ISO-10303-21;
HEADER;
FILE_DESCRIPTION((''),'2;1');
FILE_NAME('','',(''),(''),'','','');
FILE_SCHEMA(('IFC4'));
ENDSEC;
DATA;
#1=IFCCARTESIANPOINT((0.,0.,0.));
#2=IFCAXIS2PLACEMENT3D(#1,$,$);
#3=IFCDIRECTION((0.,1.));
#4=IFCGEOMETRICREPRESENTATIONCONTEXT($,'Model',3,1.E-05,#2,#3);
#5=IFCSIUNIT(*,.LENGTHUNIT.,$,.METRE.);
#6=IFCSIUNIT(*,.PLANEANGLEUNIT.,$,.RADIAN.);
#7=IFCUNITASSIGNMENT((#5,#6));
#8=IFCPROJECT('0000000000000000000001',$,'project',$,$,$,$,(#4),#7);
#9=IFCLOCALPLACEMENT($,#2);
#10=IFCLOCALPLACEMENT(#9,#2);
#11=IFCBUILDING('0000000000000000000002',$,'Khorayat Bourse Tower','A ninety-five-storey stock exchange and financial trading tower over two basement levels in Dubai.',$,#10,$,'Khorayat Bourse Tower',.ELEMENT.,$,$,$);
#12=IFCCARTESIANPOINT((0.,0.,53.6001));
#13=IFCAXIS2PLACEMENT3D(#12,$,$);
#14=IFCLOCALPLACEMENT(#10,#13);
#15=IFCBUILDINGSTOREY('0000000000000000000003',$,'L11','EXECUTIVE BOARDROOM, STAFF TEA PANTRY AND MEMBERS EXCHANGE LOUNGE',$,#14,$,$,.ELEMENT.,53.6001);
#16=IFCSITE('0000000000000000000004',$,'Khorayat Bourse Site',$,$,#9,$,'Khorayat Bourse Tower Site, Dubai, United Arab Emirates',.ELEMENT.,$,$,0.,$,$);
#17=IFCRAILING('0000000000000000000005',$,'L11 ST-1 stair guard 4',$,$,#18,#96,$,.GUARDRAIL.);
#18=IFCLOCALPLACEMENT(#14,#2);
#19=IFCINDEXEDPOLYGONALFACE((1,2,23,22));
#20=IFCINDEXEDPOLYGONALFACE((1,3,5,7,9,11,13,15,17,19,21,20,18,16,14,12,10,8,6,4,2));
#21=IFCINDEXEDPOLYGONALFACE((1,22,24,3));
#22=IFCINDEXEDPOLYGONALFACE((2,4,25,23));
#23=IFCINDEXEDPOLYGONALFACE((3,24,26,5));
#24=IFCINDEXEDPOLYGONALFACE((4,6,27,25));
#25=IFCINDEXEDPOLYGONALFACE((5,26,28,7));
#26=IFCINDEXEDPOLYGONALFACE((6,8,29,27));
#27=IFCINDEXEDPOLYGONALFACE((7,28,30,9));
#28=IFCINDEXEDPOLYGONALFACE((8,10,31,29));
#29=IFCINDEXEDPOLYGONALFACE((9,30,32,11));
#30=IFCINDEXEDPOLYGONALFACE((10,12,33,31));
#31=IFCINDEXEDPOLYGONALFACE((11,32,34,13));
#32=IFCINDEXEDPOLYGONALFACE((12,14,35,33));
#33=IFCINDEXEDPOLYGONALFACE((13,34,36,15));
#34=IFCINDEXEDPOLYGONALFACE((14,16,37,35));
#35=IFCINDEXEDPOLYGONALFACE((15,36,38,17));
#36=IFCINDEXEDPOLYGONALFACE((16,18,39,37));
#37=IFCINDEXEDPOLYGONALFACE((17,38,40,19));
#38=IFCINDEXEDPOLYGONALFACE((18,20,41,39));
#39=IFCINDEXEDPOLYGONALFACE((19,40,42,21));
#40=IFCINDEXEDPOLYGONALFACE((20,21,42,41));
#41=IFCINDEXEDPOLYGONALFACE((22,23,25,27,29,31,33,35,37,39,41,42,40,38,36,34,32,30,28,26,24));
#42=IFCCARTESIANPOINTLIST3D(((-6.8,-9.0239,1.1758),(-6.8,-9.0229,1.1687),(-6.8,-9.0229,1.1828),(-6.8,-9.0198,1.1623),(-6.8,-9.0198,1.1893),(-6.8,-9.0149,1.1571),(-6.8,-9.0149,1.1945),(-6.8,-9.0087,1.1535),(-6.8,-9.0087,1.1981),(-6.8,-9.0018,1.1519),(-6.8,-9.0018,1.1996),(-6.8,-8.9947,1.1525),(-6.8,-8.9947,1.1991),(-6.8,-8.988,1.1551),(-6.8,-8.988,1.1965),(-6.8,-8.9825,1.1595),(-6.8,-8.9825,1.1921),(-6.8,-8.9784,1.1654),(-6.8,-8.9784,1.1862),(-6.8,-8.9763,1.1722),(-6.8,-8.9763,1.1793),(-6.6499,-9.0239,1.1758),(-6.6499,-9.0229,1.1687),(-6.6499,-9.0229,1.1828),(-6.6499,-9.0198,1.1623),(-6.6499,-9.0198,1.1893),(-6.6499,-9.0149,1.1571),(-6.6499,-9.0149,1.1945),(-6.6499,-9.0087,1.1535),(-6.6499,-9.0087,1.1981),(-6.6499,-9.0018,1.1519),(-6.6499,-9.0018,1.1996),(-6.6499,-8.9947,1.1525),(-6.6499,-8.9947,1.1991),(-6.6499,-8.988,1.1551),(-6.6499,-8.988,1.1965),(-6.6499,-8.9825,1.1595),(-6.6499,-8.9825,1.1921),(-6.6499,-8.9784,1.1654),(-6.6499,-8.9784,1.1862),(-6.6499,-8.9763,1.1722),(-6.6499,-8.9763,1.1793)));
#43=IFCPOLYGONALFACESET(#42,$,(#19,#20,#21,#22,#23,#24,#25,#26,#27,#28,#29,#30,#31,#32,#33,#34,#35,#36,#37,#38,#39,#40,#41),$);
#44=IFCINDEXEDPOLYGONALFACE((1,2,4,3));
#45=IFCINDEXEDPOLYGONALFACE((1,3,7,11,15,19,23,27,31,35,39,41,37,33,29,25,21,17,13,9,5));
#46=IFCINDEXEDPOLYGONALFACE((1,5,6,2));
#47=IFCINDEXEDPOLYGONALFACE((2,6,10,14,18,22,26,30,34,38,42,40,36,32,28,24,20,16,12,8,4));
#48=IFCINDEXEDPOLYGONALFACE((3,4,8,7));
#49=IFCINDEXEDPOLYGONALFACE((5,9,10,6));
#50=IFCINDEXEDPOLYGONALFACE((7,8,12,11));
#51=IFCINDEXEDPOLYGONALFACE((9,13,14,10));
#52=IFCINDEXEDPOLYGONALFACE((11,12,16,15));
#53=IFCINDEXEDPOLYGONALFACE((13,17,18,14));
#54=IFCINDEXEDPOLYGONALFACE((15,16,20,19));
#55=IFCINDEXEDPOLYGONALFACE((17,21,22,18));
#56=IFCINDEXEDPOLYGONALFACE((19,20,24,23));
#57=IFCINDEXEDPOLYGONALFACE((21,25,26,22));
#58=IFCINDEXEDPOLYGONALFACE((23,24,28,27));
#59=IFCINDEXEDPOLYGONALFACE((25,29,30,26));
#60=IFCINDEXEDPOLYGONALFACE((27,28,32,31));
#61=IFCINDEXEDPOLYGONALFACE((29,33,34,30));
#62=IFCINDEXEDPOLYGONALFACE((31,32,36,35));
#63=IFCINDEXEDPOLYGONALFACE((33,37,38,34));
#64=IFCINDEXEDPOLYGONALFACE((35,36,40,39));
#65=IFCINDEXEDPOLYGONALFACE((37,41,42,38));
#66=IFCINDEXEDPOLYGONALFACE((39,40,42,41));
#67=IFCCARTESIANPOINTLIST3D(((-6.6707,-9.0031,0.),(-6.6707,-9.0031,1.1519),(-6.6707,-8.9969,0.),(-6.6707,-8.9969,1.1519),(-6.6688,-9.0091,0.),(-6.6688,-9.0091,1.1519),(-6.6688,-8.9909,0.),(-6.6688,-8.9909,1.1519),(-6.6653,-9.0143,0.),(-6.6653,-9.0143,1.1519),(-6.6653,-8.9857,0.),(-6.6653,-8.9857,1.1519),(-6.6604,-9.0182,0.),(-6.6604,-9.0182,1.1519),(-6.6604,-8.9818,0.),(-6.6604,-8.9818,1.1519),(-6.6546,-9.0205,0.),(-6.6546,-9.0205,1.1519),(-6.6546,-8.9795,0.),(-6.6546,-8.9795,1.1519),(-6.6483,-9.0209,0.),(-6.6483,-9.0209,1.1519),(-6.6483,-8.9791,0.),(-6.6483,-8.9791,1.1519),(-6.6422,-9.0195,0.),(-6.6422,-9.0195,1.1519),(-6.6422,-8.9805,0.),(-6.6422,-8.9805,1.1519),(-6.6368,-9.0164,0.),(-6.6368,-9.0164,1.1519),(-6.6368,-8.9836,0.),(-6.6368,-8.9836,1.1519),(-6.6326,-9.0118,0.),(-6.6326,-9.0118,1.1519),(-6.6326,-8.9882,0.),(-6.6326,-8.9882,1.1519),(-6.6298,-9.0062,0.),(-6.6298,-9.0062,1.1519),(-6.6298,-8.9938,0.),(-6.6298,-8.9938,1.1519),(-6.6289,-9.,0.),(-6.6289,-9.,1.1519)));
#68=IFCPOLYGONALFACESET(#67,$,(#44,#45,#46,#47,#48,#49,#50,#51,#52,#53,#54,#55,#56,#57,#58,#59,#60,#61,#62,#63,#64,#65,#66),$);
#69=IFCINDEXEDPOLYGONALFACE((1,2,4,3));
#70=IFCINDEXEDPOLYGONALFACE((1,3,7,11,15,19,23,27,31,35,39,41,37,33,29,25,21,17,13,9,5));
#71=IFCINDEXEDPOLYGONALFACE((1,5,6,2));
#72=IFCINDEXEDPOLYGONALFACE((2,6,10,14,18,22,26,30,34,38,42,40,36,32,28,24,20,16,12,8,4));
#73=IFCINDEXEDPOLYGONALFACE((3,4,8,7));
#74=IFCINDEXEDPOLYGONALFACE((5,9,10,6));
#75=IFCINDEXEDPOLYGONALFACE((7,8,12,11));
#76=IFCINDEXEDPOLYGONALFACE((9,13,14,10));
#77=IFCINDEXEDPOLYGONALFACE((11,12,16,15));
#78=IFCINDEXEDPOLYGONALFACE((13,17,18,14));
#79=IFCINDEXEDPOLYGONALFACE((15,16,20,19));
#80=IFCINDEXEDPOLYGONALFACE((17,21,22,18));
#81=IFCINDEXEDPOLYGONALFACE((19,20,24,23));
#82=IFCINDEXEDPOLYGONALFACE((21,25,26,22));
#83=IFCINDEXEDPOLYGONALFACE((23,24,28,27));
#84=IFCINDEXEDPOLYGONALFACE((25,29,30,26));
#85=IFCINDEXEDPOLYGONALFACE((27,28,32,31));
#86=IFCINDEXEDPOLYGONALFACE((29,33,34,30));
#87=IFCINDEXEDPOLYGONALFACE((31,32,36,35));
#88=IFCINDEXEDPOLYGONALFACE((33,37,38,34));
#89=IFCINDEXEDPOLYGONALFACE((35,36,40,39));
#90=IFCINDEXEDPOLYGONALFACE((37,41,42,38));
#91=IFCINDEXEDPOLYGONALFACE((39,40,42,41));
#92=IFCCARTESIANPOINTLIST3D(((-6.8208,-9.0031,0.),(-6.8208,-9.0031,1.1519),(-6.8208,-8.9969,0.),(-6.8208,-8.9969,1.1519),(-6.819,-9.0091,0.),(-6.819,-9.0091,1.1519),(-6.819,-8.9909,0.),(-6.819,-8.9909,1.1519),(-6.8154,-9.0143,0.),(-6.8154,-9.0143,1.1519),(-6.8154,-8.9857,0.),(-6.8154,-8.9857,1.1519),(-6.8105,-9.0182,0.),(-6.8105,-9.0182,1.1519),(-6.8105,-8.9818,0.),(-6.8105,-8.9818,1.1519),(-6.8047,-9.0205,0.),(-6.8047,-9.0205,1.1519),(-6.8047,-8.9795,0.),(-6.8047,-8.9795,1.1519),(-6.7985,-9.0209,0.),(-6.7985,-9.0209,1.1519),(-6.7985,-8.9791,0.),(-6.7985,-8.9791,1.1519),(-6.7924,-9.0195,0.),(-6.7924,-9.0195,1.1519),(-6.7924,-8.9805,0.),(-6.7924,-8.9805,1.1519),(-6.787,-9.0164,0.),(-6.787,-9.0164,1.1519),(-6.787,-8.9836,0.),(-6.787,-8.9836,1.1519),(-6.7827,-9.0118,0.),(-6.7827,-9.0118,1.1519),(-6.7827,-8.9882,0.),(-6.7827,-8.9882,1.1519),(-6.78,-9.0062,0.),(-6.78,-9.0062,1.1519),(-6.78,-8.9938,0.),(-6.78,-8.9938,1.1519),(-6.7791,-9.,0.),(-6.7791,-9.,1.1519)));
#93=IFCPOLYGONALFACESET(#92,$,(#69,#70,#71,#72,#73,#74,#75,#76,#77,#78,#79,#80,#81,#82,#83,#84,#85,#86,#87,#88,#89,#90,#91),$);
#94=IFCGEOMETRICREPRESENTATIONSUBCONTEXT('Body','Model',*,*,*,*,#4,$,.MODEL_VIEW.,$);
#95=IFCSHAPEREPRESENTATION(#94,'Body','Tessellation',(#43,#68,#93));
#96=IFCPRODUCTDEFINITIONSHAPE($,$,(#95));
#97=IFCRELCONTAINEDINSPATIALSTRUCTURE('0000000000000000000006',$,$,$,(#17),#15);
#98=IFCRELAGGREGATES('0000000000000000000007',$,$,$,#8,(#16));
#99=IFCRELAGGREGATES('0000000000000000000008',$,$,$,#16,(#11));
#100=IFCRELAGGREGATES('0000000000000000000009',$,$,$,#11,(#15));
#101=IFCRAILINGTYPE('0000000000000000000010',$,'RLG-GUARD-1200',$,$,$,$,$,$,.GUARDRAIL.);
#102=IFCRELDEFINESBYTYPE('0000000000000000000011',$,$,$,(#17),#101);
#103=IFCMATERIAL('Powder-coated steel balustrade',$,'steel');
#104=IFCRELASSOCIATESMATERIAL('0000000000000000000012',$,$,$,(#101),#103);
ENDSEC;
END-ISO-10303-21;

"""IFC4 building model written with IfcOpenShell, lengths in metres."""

from ifc_helpers import new_model, si_unit, direction, frame, origin, origin_2d, place, context, subcontext, project, spatial, circle, extrude, source, transform, mapped, material, type_object, element, save


model = new_model("IFC4")

# Units and contexts
model_context = context("Model", 3, precision=1e-05, world=origin(), true_north=direction((0.0, 1.0)))
body_context = subcontext(model_context, "Body", "Model", "MODEL_VIEW")
ifc_project = project(units=[si_unit("LENGTHUNIT", "METRE"), si_unit("PLANEANGLEUNIT", "RADIAN")], contexts=[model_context])

# Site, building, storey
site_placement = place(None, origin())
site = spatial("IfcSite", under=ifc_project, at=site_placement, Name="Khorayat Bourse Site", LongName="Khorayat Bourse Tower Site, Dubai, United Arab Emirates", CompositionType="ELEMENT", RefElevation=0.0)
building_placement = place(site_placement, origin())
building = spatial("IfcBuilding", under=site, at=building_placement, Name="Khorayat Bourse Tower", Description="A ninety-five-storey stock exchange and financial trading tower over two basement levels in Dubai.", LongName="Khorayat Bourse Tower", CompositionType="ELEMENT")
storey_placement = place(building_placement, frame((0.0, 0.0, 53.6001)))
storey = spatial("IfcBuildingStorey", under=building, at=storey_placement, Name="L11", Description="EXECUTIVE BOARDROOM, STAFF TEA PANTRY AND MEMBERS EXCHANGE LOUNGE", CompositionType="ELEMENT", Elevation=53.6001)

# Railing
ifc_material_1 = material(Name="Powder-coated steel balustrade", Category="steel")
railing_type_1 = type_object("IfcRailingType", Name="RLG-GUARD-1200", PredefinedType="GUARDRAIL", material=ifc_material_1)
shared_shape_1 = source(origin(), body_context, "Body", "SweptSolid", [
    extrude(circle(Radius=0.0239, at=origin_2d()), frame((0.0, 0.0, 1.1758), z_axis=(-1.0, 0.0, 0.0), x_axis=(0.0, -1.0, 0.0)), (0.0, 0.0, 1.0), 0.1501),
    extrude(circle(Radius=0.021, at=origin_2d()), origin(), (0.0, 0.0, 1.0), 1.1519),
    extrude(circle(Radius=0.021, at=origin_2d()), frame((-0.1501, 0.0, 0.0)), (0.0, 0.0, 1.0), 1.1519),
])
for number, where, name in (
    (1, (-6.6499, -9.0, 0.0), "L11 ST-1 stair guard 4"),
):
    element("IfcRailing", number, at=place(storey_placement, frame(where)), inside=storey, type_object=railing_type_1, Name=name, PredefinedType="GUARDRAIL", context=body_context, shape_type="MappedRepresentation", body=[
        mapped(shared_shape_1, transform((0.0, 0.0, 0.0), scale=1.0)),
    ])

save(model, "model.ifc")
